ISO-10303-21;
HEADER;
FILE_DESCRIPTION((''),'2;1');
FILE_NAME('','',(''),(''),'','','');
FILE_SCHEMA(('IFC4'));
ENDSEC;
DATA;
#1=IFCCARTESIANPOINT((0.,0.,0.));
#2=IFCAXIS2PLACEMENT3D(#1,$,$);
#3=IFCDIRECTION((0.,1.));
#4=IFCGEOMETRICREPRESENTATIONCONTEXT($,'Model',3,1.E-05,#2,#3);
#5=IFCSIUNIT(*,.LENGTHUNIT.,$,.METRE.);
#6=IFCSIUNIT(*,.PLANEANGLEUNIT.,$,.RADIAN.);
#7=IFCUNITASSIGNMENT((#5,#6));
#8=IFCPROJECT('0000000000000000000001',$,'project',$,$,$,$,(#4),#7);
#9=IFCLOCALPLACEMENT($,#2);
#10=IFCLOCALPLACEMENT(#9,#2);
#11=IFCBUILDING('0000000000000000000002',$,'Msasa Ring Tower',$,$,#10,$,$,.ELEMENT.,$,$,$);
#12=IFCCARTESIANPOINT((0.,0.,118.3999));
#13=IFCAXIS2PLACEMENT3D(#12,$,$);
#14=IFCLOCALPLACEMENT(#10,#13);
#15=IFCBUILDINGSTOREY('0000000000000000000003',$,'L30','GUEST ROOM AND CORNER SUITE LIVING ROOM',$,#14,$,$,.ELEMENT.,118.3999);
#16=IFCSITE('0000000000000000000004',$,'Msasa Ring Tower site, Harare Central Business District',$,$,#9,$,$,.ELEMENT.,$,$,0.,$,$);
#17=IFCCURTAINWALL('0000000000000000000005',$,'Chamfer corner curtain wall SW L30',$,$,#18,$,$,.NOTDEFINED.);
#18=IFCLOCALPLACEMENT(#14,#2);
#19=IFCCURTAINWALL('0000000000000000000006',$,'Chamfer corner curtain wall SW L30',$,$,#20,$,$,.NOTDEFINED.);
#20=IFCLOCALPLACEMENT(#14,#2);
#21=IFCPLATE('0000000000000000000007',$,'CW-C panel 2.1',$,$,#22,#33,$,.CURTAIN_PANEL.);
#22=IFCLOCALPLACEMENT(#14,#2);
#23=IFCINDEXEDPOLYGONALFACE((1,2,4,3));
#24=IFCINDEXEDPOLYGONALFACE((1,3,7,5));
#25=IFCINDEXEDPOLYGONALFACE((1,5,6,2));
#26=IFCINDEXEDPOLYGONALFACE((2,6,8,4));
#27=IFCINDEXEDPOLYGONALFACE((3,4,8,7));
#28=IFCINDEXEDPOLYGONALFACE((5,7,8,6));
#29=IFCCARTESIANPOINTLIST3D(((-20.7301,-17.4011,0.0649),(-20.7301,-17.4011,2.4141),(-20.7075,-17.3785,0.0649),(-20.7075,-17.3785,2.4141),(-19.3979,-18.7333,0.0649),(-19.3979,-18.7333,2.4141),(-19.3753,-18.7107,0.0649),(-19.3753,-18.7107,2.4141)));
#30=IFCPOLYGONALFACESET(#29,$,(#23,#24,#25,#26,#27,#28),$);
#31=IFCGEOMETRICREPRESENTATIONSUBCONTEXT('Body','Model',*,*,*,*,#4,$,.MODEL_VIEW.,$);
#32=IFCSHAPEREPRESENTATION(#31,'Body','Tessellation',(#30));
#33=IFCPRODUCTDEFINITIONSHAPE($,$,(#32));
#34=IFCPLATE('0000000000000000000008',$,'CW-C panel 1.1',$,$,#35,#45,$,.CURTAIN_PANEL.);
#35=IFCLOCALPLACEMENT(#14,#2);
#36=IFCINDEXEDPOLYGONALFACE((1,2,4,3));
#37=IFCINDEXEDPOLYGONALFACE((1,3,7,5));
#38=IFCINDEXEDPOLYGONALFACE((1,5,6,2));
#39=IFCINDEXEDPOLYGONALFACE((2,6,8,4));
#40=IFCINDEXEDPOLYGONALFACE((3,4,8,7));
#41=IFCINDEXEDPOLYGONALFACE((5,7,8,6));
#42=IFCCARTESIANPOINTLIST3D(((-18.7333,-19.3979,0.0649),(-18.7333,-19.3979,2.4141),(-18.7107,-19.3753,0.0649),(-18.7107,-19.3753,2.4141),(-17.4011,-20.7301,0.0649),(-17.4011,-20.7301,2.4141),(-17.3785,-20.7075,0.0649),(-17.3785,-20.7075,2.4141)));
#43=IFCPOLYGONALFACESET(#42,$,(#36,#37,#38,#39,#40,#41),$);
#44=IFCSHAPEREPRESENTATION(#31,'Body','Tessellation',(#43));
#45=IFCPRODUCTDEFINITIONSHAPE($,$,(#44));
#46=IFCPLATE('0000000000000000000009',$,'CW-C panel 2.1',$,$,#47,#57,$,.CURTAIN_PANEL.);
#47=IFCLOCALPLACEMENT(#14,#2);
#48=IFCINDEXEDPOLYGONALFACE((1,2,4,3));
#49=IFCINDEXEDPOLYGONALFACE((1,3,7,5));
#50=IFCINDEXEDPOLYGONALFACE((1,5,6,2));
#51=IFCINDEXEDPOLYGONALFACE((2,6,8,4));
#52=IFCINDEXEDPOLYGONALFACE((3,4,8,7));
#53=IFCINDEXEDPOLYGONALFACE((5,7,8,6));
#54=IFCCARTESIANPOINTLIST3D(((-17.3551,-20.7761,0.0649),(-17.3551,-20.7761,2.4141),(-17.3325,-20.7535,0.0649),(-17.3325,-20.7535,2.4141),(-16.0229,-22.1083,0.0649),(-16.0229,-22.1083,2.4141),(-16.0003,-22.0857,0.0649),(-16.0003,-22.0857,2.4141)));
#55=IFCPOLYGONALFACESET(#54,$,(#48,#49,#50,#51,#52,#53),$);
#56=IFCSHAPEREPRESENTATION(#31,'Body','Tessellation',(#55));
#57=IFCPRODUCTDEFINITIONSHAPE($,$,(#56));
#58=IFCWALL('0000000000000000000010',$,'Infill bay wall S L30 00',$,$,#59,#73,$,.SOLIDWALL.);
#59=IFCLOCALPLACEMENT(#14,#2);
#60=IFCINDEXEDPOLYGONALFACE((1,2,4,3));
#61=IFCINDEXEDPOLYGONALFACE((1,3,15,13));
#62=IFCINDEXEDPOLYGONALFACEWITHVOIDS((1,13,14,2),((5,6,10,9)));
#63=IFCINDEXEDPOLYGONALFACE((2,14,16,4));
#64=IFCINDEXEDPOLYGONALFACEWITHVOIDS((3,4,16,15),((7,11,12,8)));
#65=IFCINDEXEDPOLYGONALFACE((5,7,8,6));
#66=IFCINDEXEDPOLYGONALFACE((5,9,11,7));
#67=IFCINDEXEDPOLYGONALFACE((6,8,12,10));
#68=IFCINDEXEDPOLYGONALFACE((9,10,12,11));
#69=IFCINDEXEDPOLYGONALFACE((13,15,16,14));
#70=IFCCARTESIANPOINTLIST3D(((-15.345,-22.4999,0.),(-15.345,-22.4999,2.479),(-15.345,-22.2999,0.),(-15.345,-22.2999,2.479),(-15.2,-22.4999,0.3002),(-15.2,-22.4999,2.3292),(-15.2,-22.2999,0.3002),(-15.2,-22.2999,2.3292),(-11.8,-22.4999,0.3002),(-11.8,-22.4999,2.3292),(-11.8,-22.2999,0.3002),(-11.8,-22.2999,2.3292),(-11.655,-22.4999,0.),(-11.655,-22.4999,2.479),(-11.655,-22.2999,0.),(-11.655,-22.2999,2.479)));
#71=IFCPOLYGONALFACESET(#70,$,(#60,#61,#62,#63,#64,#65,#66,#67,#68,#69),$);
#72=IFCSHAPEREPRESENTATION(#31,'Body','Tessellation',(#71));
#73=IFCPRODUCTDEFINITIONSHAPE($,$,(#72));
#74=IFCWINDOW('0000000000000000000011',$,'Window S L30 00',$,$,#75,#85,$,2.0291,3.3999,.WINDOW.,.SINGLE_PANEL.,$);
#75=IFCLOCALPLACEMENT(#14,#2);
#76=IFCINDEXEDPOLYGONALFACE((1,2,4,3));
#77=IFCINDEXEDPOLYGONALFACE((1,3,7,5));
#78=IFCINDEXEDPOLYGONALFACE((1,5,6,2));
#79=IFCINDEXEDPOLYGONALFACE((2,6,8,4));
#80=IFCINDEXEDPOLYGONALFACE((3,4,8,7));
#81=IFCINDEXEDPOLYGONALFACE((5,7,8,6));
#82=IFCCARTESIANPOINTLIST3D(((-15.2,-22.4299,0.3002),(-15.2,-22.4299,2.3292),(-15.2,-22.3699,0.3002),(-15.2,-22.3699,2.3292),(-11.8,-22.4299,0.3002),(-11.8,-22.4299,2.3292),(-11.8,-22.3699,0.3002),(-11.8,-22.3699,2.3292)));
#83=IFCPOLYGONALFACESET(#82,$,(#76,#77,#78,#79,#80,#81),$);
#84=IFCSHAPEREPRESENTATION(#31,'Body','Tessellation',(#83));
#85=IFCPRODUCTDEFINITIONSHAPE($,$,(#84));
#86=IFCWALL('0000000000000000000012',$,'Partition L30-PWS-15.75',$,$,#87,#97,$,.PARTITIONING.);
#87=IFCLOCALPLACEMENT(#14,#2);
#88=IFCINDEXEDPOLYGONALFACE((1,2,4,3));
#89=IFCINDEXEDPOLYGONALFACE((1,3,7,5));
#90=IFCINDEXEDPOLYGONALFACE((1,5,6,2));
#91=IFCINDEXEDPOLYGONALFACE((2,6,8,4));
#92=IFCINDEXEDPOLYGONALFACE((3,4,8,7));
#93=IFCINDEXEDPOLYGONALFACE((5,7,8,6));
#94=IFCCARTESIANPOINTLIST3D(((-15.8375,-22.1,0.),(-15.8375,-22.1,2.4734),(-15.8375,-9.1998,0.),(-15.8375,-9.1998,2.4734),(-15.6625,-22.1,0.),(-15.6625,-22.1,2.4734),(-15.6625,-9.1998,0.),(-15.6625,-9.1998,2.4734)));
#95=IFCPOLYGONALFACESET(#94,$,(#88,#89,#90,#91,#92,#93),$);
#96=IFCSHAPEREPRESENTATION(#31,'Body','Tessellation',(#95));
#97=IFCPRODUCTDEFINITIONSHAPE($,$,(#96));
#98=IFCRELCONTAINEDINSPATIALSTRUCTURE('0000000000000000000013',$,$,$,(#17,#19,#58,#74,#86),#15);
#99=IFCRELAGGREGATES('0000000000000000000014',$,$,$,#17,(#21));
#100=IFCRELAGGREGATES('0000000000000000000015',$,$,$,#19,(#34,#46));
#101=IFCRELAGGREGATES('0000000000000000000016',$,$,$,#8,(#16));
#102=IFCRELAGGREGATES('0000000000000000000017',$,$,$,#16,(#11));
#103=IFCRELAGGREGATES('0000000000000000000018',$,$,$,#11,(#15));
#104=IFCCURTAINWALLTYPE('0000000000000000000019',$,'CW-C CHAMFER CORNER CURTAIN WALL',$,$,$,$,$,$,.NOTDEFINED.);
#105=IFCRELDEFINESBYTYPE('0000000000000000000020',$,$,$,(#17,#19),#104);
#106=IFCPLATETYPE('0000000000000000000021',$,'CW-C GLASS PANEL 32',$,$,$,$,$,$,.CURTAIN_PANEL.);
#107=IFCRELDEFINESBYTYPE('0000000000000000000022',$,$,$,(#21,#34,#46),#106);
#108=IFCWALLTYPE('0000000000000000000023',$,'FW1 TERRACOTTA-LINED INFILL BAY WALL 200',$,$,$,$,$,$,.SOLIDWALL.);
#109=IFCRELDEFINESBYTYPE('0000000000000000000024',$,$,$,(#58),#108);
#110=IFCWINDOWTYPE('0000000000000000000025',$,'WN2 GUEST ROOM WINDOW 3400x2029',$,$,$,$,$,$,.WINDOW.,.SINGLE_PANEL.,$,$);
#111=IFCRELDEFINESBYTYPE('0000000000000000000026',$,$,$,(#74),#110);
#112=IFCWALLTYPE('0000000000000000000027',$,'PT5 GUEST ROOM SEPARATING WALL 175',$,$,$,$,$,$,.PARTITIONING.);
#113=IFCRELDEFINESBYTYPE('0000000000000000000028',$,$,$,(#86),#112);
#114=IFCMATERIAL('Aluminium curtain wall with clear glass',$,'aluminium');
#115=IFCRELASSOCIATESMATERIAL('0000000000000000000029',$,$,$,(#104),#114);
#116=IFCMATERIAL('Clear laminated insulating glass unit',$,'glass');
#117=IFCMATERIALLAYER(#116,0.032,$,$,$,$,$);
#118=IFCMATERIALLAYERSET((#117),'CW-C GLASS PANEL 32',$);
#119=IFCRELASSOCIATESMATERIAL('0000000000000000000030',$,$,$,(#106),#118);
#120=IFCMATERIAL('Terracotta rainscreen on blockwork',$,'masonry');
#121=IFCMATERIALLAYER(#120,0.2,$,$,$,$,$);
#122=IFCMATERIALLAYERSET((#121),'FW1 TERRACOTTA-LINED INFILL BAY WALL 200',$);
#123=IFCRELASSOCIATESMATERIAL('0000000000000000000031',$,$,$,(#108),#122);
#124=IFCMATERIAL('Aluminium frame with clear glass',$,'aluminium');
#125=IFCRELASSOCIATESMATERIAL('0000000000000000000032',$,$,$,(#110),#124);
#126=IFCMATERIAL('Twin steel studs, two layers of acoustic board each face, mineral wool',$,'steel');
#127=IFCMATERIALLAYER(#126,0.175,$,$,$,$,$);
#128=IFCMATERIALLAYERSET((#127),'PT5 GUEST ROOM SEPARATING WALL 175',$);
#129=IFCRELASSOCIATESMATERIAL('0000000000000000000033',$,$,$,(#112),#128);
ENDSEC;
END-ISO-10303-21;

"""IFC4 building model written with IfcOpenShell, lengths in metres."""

from ifc_helpers import new_model, si_unit, direction, frame, frame_2d, origin, origin_2d, place, context, subcontext, project, spatial, rectangle, extrude, material, layer, layer_set, type_object, element, fill, aggregate, save


model = new_model("IFC4")

# Units and contexts
model_context = context("Model", 3, precision=1e-05, world=origin(), true_north=direction((0.0, 1.0)))
body_context = subcontext(model_context, "Body", "Model", "MODEL_VIEW")
ifc_project = project(units=[si_unit("LENGTHUNIT", "METRE"), si_unit("PLANEANGLEUNIT", "RADIAN")], contexts=[model_context])

# Site, building, storey
site_placement = place(None, origin())
site = spatial("IfcSite", under=ifc_project, at=site_placement, Name="Msasa Ring Tower site, Harare Central Business District", CompositionType="ELEMENT", RefElevation=0.0)
building_placement = place(site_placement, origin())
building = spatial("IfcBuilding", under=site, at=building_placement, Name="Msasa Ring Tower", CompositionType="ELEMENT")
storey_placement = place(building_placement, frame((0.0, 0.0, 118.3999)))
storey = spatial("IfcBuildingStorey", under=building, at=storey_placement, Name="L30", Description="GUEST ROOM AND CORNER SUITE LIVING ROOM", CompositionType="ELEMENT", Elevation=118.3999)

# Curtain walls
ifc_material_1 = material(Name="Aluminium curtain wall with clear glass", Category="aluminium")
curtain_wall_type = type_object("IfcCurtainWallType", Name="CW-C CHAMFER CORNER CURTAIN WALL", PredefinedType="NOTDEFINED", material=ifc_material_1)
curtain_wall_1_placement = place(storey_placement, origin())
curtain_wall_1 = element("IfcCurtainWall", 1, at=curtain_wall_1_placement, inside=storey, type_object=curtain_wall_type, Name="Chamfer corner curtain wall SW L30", PredefinedType="NOTDEFINED")
curtain_wall_2_placement = place(storey_placement, origin())
curtain_wall_2 = element("IfcCurtainWall", 2, at=curtain_wall_2_placement, inside=storey, type_object=curtain_wall_type, Name="Chamfer corner curtain wall SW L30", PredefinedType="NOTDEFINED")

# Plates
ifc_material_2 = material(Name="Clear laminated insulating glass unit", Category="glass")
ifc_layer_1 = layer(ifc_material_2, 0.032)
ifc_layer_set_1 = layer_set([ifc_layer_1], Name="CW-C GLASS PANEL 32")
plate_type = type_object("IfcPlateType", Name="CW-C GLASS PANEL 32", PredefinedType="CURTAIN_PANEL", material=ifc_layer_set_1)
plate_1_placement = place(storey_placement, frame((-20.0527, -18.0559, 0.0649), z_axis=(0.0, 0.0, 1.0), x_axis=(0.707107, -0.707107, 0.0)))
plate_1 = element("IfcPlate", 3, at=plate_1_placement, type_object=plate_type, Name="CW-C panel 2.1", PredefinedType="CURTAIN_PANEL", context=body_context, shape_type="SweptSolid", body=[
    extrude(rectangle(XDim=1.884, YDim=0.032, at=origin_2d()), origin(), (0.0, 0.0, 1.0), 2.3491),
])
aggregate(curtain_wall_1, [plate_1])
plate_2_placement = place(storey_placement, frame((-18.0559, -20.0527, 0.0649), z_axis=(0.0, 0.0, 1.0), x_axis=(0.707107, -0.707107, 0.0)))
plate_2 = element("IfcPlate", 4, at=plate_2_placement, type_object=plate_type, Name="CW-C panel 1.1", PredefinedType="CURTAIN_PANEL", context=body_context, shape_type="SweptSolid", body=[
    extrude(rectangle(XDim=1.884, YDim=0.032, at=origin_2d()), origin(), (0.0, 0.0, 1.0), 2.3491),
])
plate_3_placement = place(storey_placement, frame((-16.6777, -21.4309, 0.0649), z_axis=(0.0, 0.0, 1.0), x_axis=(0.707107, -0.707107, 0.0)))
plate_3 = element("IfcPlate", 5, at=plate_3_placement, type_object=plate_type, Name="CW-C panel 2.1", PredefinedType="CURTAIN_PANEL", context=body_context, shape_type="SweptSolid", body=[
    extrude(rectangle(XDim=1.884, YDim=0.032, at=origin_2d()), origin(), (0.0, 0.0, 1.0), 2.3491),
])
aggregate(curtain_wall_2, [plate_2, plate_3])

# Wall, opening, window
ifc_material_3 = material(Name="Terracotta rainscreen on blockwork", Category="masonry")
ifc_layer_2 = layer(ifc_material_3, 0.2)
ifc_layer_set_2 = layer_set([ifc_layer_2], Name="FW1 TERRACOTTA-LINED INFILL BAY WALL 200")
wall_type_1 = type_object("IfcWallType", Name="FW1 TERRACOTTA-LINED INFILL BAY WALL 200", PredefinedType="SOLIDWALL", material=ifc_layer_set_2)
wall_1_placement = place(storey_placement, frame((-15.345, -22.3999, 0.0), z_axis=(0.0, 0.0, 1.0), x_axis=(1.0, 0.0, 0.0)))
wall_1 = element("IfcWall", 6, at=wall_1_placement, inside=storey, type_object=wall_type_1, Name="Infill bay wall S L30 00", PredefinedType="SOLIDWALL", context=body_context, shape_type="SweptSolid", body=[
    extrude(rectangle(XDim=3.6899, YDim=0.2, at=frame_2d((1.845, 0.0))), origin(), (0.0, 0.0, 1.0), 2.479),
])
opening_placement = place(wall_1_placement, frame((0.145, 0.0, 0.3)))
opening = element("IfcOpeningElement", 7, at=opening_placement, cuts=wall_1, PredefinedType="OPENING", context=body_context, shape_type="SweptSolid", body=[
    extrude(rectangle(XDim=3.3999, YDim=2.0291, at=frame_2d((1.7, 1.0146))), frame((0.0, 0.1099, 0.0), z_axis=(0.0, -1.0, 0.0), x_axis=(1.0, 0.0, 0.0)), (0.0, 0.0, 1.0), 0.22),
])
ifc_material_4 = material(Name="Aluminium frame with clear glass", Category="aluminium")
window_type = type_object("IfcWindowType", Name="WN2 GUEST ROOM WINDOW 3400x2029", PartitioningType="SINGLE_PANEL", PredefinedType="WINDOW", material=ifc_material_4)
window_placement = place(opening_placement, origin())
window = element("IfcWindow", 8, at=window_placement, inside=storey, type_object=window_type, Name="Window S L30 00", OverallHeight=2.0291, OverallWidth=3.3999, PartitioningType="SINGLE_PANEL", PredefinedType="WINDOW", context=body_context, shape_type="SweptSolid", body=[
    extrude(rectangle(XDim=3.3999, YDim=2.0291, at=frame_2d((1.7, 1.0146))), frame((0.0, 0.03, 0.0), z_axis=(0.0, -1.0, 0.0), x_axis=(1.0, 0.0, 0.0)), (0.0, 0.0, 1.0), 0.0601),
])
fill(opening, window)

# Wall
ifc_material_5 = material(Name="Twin steel studs, two layers of acoustic board each face, mineral wool", Category="steel")
ifc_layer_3 = layer(ifc_material_5, 0.175)
ifc_layer_set_3 = layer_set([ifc_layer_3], Name="PT5 GUEST ROOM SEPARATING WALL 175")
wall_type_2 = type_object("IfcWallType", Name="PT5 GUEST ROOM SEPARATING WALL 175", PredefinedType="PARTITIONING", material=ifc_layer_set_3)
wall_2_placement = place(storey_placement, frame((-15.75, -22.1001, 0.0), z_axis=(0.0, 0.0, 1.0), x_axis=(0.0, 1.0, 0.0)))
element("IfcWall", 9, at=wall_2_placement, inside=storey, type_object=wall_type_2, Name="Partition L30-PWS-15.75", PredefinedType="PARTITIONING", context=body_context, shape_type="SweptSolid", body=[
    extrude(rectangle(XDim=12.9001, YDim=0.175, at=frame_2d((6.4502, 0.0))), origin(), (0.0, 0.0, 1.0), 2.4734),
])

save(model, "model.ifc")
